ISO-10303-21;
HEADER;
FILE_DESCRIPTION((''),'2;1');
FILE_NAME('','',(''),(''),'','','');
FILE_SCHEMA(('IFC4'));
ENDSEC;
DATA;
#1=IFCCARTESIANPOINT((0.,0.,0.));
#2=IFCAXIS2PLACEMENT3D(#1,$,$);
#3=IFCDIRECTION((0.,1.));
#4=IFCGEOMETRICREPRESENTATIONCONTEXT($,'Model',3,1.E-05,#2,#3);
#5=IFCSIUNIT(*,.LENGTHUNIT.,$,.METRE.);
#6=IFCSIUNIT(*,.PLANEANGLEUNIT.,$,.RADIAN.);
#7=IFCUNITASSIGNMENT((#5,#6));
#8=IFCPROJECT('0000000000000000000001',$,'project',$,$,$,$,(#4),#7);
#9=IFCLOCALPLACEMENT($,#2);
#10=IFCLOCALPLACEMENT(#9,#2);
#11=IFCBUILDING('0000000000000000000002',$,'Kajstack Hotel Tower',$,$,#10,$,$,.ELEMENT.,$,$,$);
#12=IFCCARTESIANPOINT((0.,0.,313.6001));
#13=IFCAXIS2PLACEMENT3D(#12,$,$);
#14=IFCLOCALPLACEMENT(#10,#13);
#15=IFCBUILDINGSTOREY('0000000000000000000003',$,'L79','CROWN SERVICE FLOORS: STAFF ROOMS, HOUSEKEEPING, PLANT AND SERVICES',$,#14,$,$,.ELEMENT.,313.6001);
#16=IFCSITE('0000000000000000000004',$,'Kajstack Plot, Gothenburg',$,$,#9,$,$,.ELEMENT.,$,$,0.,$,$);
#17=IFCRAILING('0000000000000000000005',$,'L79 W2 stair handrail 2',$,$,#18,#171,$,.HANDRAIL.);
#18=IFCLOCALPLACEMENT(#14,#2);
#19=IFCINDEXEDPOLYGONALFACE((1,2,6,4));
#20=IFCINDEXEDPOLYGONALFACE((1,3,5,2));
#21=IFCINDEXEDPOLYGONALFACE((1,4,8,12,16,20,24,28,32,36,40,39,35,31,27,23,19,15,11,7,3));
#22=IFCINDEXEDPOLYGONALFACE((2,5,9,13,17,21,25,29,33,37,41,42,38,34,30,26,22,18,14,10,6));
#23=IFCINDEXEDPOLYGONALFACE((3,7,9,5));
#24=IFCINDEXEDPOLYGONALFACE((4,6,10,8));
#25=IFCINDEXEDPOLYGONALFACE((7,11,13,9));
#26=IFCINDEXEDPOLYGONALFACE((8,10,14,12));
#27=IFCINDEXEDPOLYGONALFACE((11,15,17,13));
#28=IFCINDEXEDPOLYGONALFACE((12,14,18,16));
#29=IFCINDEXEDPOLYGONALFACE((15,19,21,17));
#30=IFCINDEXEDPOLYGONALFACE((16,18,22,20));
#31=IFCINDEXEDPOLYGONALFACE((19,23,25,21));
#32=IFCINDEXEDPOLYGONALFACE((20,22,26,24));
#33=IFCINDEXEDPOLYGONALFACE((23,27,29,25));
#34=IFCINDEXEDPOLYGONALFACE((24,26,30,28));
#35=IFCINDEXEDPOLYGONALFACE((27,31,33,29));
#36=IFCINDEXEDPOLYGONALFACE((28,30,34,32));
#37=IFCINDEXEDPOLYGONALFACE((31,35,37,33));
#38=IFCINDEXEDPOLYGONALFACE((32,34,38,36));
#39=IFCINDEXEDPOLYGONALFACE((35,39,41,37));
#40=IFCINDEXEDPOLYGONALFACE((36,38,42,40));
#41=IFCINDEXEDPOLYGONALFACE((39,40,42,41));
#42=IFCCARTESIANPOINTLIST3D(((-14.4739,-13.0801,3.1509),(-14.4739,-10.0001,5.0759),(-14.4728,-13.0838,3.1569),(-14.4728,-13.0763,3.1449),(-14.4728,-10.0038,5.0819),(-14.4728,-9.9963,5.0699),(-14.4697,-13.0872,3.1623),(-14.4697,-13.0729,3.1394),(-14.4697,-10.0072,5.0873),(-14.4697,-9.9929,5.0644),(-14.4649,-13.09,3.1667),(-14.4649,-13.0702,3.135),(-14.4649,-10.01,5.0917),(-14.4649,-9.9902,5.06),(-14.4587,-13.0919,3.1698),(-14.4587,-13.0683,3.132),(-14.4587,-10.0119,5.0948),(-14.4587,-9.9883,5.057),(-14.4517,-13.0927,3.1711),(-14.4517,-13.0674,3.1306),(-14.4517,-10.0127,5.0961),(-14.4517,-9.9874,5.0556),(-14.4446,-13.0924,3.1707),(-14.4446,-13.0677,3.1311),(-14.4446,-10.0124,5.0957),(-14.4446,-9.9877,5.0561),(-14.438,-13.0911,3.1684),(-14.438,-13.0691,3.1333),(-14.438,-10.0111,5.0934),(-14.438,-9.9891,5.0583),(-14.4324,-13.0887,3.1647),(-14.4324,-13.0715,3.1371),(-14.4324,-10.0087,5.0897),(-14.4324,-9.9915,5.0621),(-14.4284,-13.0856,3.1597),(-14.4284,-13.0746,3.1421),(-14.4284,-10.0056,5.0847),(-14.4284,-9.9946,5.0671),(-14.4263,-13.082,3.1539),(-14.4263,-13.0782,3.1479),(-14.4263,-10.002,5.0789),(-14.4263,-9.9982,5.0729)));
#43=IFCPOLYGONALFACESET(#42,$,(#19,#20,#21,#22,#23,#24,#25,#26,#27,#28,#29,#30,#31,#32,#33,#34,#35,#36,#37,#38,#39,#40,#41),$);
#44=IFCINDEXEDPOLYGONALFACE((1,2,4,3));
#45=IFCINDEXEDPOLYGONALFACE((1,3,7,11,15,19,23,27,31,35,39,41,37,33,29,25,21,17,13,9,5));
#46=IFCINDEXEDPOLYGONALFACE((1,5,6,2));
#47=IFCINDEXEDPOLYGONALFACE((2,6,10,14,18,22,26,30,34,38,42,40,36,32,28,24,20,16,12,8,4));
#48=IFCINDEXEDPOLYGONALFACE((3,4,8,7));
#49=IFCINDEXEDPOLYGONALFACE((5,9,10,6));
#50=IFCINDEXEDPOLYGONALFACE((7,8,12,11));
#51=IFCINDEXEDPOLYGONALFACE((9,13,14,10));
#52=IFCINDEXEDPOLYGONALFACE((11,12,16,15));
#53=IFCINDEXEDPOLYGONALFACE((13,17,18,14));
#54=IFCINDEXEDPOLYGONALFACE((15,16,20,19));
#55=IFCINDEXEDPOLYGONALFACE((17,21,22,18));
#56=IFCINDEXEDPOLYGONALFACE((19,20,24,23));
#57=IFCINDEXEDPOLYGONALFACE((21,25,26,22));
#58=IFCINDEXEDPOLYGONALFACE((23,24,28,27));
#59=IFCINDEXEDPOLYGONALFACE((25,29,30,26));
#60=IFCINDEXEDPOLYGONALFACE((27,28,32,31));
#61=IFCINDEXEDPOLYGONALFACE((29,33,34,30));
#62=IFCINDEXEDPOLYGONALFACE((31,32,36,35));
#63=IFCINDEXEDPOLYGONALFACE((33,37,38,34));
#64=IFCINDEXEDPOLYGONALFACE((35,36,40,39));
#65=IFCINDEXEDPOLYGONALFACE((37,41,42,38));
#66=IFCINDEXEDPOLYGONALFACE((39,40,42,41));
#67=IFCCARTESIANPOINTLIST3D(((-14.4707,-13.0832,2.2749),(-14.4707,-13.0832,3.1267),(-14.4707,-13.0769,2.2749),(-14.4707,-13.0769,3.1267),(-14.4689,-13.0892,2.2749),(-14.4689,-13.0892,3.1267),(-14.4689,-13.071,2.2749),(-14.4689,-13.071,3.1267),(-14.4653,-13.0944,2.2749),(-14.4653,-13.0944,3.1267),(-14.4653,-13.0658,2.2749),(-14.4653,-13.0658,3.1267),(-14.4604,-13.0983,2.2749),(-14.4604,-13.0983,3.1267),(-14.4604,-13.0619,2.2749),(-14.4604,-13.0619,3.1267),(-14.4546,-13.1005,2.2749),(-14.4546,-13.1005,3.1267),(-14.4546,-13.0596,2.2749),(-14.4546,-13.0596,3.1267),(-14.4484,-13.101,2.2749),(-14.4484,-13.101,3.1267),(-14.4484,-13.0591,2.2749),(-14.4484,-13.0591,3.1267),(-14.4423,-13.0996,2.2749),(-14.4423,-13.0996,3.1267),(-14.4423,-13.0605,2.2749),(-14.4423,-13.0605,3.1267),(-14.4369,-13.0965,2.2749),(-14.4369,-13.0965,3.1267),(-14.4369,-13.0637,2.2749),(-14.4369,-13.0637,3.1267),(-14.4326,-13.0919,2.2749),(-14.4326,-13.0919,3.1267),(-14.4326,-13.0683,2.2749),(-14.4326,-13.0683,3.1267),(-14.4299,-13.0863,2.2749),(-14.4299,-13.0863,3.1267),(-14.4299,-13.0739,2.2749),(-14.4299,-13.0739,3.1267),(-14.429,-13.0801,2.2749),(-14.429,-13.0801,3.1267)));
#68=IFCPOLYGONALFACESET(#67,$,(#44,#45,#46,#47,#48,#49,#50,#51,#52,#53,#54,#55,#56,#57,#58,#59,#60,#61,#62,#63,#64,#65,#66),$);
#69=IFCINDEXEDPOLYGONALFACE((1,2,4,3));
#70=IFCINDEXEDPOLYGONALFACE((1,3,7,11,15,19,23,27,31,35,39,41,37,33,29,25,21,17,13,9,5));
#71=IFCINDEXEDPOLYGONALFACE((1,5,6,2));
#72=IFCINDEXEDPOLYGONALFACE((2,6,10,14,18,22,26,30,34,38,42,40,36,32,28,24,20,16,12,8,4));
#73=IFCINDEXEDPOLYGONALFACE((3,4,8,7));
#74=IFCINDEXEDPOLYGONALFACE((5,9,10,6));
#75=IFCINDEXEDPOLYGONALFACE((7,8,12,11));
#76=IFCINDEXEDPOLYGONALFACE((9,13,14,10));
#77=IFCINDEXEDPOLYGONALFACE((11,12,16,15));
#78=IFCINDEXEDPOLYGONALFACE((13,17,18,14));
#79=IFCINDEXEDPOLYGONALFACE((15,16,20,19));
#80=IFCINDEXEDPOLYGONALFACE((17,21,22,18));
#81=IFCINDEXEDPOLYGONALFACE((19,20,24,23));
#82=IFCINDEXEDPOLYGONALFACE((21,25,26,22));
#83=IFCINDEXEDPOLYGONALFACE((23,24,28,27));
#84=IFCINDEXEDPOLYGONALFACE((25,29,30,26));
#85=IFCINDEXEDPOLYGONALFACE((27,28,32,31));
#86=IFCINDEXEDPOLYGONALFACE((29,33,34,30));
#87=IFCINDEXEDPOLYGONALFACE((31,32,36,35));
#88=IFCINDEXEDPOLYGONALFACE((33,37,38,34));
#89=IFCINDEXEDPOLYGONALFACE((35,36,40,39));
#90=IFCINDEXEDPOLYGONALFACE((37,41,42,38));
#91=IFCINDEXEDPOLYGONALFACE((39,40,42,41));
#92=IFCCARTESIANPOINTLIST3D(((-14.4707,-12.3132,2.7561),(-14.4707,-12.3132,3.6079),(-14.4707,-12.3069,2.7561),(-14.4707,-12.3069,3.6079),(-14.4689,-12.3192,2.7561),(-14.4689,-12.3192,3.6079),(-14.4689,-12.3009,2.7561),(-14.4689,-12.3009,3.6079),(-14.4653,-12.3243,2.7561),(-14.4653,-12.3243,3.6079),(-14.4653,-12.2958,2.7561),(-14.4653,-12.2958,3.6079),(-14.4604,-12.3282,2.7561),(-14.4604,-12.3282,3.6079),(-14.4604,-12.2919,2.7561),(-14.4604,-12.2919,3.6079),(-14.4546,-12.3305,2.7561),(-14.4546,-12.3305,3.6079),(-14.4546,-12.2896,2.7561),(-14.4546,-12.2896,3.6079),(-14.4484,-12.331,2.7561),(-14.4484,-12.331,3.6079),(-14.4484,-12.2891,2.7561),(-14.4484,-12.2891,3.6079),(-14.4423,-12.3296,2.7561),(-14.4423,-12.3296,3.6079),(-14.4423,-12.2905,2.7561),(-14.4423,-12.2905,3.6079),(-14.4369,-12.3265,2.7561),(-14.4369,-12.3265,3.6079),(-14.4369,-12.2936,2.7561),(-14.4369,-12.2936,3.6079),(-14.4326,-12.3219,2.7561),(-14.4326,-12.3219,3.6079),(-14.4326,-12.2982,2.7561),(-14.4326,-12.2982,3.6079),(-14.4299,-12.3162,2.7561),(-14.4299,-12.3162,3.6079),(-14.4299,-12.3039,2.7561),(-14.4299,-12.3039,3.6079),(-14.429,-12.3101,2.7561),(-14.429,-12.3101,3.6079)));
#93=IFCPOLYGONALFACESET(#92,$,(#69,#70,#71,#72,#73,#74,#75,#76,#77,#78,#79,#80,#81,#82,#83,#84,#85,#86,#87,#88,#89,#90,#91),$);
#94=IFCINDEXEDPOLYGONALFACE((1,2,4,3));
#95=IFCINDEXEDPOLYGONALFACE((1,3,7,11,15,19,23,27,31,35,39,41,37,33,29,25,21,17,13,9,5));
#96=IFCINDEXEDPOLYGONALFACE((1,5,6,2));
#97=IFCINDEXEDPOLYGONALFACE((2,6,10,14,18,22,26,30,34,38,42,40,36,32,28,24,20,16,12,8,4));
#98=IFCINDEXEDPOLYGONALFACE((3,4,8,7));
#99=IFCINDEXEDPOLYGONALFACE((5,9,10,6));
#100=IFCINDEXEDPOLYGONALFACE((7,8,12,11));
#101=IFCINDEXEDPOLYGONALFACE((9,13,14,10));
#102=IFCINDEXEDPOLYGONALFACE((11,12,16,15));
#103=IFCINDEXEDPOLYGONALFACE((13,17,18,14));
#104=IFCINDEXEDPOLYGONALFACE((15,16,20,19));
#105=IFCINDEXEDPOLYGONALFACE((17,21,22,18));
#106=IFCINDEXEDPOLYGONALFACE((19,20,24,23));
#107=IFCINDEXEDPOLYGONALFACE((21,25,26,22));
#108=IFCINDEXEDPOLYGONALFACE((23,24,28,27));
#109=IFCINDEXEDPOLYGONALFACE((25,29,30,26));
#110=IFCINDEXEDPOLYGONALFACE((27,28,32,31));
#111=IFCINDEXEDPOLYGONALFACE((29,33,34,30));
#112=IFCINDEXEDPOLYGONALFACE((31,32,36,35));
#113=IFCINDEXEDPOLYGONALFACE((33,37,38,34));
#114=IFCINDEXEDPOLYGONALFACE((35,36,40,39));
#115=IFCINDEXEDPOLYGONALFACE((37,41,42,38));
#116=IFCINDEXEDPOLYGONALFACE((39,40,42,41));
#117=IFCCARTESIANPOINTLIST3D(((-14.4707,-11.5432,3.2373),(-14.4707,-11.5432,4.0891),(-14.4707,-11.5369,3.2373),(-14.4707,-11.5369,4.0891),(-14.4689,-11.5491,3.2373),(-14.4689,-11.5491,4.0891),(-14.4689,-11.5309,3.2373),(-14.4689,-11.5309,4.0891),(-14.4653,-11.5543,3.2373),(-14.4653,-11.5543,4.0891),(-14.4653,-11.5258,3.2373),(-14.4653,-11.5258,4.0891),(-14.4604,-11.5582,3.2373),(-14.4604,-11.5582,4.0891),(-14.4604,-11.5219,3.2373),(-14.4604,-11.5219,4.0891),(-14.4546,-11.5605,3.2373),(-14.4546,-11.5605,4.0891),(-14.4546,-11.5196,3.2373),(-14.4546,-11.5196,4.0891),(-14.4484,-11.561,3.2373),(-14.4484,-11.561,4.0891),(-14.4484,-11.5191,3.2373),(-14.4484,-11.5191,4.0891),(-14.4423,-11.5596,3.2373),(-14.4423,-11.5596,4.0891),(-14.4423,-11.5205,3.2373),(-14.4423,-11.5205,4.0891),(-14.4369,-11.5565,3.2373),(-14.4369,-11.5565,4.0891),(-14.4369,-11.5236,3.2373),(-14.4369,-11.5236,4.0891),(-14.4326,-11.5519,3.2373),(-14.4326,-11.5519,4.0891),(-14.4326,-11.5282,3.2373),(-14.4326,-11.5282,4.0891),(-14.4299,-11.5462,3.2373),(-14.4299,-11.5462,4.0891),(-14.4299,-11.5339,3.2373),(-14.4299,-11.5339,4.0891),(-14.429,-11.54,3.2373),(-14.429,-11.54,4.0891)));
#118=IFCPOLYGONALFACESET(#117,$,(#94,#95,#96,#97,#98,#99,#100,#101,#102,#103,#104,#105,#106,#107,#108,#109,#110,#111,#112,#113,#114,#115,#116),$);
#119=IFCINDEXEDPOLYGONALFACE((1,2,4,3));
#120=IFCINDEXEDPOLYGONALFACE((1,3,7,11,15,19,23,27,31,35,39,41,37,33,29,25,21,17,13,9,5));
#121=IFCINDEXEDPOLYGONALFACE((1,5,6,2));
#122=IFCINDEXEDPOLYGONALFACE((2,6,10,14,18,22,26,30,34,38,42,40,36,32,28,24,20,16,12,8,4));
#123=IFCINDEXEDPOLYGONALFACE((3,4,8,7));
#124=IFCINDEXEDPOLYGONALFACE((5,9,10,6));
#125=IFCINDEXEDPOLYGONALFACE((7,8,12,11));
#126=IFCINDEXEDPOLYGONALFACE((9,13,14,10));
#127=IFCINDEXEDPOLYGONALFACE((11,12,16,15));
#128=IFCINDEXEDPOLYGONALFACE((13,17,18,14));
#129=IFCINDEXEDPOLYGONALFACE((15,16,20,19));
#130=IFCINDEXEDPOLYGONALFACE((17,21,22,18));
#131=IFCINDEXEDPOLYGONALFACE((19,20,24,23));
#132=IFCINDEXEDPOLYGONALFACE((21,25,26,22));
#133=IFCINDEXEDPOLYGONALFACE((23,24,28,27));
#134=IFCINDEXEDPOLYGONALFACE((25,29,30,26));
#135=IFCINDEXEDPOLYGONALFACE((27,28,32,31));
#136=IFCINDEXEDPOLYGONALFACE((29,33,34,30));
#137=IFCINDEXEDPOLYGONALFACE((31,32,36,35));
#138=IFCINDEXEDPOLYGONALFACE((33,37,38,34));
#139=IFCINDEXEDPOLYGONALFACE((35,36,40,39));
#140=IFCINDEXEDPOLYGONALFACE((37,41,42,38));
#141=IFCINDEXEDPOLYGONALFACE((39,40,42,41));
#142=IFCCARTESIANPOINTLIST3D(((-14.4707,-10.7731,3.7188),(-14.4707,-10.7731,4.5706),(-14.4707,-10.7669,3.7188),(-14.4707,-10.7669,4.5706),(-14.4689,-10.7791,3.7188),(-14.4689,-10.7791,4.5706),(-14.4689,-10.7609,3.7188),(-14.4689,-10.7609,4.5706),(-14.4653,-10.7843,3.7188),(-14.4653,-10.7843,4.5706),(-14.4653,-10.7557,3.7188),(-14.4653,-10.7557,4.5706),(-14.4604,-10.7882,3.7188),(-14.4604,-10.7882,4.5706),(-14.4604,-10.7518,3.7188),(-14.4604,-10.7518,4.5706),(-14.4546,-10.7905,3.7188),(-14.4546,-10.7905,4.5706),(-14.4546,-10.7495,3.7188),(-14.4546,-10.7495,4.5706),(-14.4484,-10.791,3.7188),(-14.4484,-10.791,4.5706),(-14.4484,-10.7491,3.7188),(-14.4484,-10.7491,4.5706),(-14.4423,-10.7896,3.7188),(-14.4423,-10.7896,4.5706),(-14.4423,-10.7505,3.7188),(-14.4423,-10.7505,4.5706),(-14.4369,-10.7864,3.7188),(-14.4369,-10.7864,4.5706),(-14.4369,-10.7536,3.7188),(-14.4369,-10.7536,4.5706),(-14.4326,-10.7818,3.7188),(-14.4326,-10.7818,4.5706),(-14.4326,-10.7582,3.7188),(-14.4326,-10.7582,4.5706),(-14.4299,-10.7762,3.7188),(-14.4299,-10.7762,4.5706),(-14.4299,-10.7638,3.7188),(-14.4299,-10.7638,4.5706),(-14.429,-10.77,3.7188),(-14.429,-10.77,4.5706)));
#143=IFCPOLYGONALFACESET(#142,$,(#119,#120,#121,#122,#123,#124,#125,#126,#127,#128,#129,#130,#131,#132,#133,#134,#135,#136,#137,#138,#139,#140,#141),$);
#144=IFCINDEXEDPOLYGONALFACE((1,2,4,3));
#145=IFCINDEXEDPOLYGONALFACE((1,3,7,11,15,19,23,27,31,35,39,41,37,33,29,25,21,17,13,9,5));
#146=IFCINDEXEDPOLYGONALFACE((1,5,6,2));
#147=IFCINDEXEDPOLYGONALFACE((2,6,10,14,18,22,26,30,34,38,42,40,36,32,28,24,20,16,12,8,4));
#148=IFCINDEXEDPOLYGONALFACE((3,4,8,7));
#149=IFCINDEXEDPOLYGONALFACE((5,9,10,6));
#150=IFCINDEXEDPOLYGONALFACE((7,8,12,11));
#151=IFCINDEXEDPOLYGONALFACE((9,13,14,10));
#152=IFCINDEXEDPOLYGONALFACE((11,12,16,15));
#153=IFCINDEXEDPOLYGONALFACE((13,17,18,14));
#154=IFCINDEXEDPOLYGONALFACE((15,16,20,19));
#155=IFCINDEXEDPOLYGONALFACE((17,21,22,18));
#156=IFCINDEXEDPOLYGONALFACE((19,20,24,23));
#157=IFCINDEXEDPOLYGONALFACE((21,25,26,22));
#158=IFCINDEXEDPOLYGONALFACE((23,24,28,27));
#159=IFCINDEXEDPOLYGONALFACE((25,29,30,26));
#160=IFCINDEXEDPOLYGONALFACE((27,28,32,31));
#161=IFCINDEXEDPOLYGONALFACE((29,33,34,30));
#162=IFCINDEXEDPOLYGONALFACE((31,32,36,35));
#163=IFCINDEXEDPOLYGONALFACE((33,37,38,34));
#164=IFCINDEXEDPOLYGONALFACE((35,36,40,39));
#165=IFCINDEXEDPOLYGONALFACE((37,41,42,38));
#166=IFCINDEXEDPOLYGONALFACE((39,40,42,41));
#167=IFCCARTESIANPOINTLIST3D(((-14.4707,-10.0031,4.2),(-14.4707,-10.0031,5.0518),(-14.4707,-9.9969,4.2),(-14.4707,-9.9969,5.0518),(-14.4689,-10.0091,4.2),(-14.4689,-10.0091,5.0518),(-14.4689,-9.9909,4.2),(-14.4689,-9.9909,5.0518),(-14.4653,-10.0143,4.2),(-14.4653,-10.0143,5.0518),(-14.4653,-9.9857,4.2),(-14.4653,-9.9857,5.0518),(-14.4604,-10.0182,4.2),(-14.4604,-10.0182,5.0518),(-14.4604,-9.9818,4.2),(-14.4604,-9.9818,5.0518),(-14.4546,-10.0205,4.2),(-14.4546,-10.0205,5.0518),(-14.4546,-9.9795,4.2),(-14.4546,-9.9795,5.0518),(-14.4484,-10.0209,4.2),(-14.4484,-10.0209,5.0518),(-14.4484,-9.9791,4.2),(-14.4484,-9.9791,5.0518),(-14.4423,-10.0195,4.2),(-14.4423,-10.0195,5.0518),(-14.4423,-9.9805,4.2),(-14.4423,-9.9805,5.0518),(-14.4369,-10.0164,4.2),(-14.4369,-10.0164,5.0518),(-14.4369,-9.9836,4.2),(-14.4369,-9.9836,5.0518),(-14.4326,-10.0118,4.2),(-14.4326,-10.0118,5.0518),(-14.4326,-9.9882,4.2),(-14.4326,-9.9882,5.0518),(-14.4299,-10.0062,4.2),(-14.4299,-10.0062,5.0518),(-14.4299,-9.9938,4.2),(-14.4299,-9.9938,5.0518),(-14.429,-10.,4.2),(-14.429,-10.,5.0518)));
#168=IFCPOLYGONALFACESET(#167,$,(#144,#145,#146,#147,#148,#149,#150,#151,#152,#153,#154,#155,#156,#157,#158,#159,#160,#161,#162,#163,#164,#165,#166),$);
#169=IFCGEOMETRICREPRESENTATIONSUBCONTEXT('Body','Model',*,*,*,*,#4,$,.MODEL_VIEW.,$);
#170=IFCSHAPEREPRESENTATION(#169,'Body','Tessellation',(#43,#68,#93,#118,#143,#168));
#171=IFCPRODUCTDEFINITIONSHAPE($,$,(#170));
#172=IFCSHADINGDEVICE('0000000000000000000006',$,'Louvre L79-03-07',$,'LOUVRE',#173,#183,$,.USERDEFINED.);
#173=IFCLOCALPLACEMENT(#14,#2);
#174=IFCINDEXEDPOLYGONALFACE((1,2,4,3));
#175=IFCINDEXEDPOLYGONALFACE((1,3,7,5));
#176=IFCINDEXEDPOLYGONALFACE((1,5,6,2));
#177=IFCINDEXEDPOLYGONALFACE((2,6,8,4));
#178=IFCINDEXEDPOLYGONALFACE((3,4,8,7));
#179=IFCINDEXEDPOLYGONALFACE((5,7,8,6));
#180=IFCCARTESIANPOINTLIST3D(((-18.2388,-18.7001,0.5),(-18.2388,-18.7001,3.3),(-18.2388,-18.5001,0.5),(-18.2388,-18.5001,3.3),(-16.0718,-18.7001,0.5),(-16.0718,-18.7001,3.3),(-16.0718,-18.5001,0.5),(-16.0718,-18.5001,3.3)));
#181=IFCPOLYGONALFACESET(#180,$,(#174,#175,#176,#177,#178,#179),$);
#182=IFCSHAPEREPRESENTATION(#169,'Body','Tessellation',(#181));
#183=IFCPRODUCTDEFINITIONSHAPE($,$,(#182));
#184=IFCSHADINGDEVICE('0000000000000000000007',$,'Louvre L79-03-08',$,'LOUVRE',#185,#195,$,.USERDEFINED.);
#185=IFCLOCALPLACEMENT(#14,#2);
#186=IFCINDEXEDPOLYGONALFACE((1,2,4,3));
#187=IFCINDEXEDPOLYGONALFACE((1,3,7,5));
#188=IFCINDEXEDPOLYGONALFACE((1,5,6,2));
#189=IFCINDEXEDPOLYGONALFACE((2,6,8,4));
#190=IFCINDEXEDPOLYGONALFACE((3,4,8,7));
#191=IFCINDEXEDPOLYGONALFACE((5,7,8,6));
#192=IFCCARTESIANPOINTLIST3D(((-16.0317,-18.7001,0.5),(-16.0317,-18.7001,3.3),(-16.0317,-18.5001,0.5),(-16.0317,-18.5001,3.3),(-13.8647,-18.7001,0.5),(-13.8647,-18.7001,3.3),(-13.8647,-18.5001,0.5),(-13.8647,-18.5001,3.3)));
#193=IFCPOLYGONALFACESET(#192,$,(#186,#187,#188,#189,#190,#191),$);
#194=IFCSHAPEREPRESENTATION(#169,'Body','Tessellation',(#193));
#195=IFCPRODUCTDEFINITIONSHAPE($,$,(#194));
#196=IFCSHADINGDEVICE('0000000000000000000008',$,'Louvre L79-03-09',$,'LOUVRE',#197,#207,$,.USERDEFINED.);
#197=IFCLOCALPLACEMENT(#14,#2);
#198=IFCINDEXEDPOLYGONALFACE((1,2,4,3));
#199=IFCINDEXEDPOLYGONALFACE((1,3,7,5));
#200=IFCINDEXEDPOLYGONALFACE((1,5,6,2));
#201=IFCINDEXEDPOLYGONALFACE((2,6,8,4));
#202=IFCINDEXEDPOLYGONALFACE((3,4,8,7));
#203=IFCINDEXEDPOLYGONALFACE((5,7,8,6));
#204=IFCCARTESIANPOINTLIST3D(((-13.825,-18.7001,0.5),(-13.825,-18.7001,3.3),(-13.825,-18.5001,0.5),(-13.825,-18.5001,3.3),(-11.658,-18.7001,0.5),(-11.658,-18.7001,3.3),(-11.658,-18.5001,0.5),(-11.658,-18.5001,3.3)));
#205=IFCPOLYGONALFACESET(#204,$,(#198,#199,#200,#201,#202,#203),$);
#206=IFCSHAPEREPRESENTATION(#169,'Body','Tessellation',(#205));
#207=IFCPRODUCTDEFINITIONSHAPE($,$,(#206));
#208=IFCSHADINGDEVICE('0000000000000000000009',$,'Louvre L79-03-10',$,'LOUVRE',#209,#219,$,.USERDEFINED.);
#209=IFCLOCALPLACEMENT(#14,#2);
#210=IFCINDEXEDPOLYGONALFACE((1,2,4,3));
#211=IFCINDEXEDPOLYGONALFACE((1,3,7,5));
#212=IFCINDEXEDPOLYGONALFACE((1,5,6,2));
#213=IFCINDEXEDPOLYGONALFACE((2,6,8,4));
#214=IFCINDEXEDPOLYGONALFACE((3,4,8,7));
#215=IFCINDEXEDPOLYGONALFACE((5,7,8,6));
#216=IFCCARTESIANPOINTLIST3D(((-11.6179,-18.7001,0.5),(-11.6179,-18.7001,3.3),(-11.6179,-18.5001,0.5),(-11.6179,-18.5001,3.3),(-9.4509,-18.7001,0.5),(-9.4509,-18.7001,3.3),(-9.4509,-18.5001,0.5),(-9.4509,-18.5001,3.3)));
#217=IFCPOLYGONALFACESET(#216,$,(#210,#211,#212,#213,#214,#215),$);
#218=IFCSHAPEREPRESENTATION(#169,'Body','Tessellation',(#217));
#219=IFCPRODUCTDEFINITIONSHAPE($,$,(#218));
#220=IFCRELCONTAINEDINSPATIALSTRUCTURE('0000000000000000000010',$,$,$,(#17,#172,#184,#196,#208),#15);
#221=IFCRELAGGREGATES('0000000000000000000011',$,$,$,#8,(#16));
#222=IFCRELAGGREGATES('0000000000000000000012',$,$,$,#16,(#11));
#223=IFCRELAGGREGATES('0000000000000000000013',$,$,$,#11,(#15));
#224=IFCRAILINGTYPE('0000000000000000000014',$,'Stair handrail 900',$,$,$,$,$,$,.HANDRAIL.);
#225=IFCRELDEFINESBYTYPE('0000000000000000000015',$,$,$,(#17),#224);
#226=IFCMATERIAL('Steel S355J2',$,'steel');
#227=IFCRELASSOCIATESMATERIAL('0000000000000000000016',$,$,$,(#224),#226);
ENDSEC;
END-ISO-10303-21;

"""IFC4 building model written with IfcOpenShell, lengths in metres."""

from ifc_helpers import new_model, si_unit, direction, frame, origin, origin_2d, place, context, subcontext, project, spatial, rectangle, circle, extrude, material, type_object, element, save


model = new_model("IFC4")

# Units and contexts
model_context = context("Model", 3, precision=1e-05, world=origin(), true_north=direction((0.0, 1.0)))
body_context = subcontext(model_context, "Body", "Model", "MODEL_VIEW")
ifc_project = project(units=[si_unit("LENGTHUNIT", "METRE"), si_unit("PLANEANGLEUNIT", "RADIAN")], contexts=[model_context])

# Site, building, storey
site_placement = place(None, origin())
site = spatial("IfcSite", under=ifc_project, at=site_placement, Name="Kajstack Plot, Gothenburg", CompositionType="ELEMENT", RefElevation=0.0)
building_placement = place(site_placement, origin())
building = spatial("IfcBuilding", under=site, at=building_placement, Name="Kajstack Hotel Tower", CompositionType="ELEMENT")
storey_placement = place(building_placement, frame((0.0, 0.0, 313.6001)))
storey = spatial("IfcBuildingStorey", under=building, at=storey_placement, Name="L79", Description="CROWN SERVICE FLOORS: STAFF ROOMS, HOUSEKEEPING, PLANT AND SERVICES", CompositionType="ELEMENT", Elevation=313.6001)

# Shared definitions
ifc_material_1 = material(Name="Steel S355J2", Category="steel")

# Railing
railing_type_1 = type_object("IfcRailingType", Name="Stair handrail 900", PredefinedType="HANDRAIL", material=ifc_material_1)
railing_1_placement = place(storey_placement, frame((-14.45, -13.0801, 2.2749)))
element("IfcRailing", 1, at=railing_1_placement, inside=storey, type_object=railing_type_1, Name="L79 W2 stair handrail 2", PredefinedType="HANDRAIL", context=body_context, shape_type="SweptSolid", body=[
    extrude(circle(Radius=0.0239, at=origin_2d()), frame((0.0, 0.0, 0.876), z_axis=(0.0, 0.847998, 0.529999), x_axis=(-1.0, 0.0, 0.0)), (0.0, 0.0, 1.0), 3.6321),
    extrude(circle(Radius=0.021, at=origin_2d()), origin(), (0.0, 0.0, 1.0), 0.8518),
    extrude(circle(Radius=0.021, at=origin_2d()), frame((0.0, 0.77, 0.4812)), (0.0, 0.0, 1.0), 0.8518),
    extrude(circle(Radius=0.021, at=origin_2d()), frame((0.0, 1.54, 0.9624)), (0.0, 0.0, 1.0), 0.8518),
    extrude(circle(Radius=0.021, at=origin_2d()), frame((0.0, 2.3101, 1.4438)), (0.0, 0.0, 1.0), 0.8518),
    extrude(circle(Radius=0.021, at=origin_2d()), frame((0.0, 3.0801, 1.925)), (0.0, 0.0, 1.0), 0.8518),
])

# Shading devices
for number, where, z_axis, x_axis, name in (
    (2, (-17.1553, -18.6001, 0.5), (0.0, 0.0, 1.0), (1.0, 0.0, 0.0), "Louvre L79-03-07"),
    (3, (-14.9482, -18.6001, 0.5), (0.0, 0.0, 1.0), (1.0, 0.0, 0.0), "Louvre L79-03-08"),
    (4, (-12.7415, -18.6001, 0.5), (0.0, 0.0, 1.0), (1.0, 0.0, 0.0), "Louvre L79-03-09"),
    (5, (-10.5344, -18.6001, 0.5), (0.0, 0.0, 1.0), (1.0, 0.0, 0.0), "Louvre L79-03-10"),
):
    element("IfcShadingDevice", number, at=place(storey_placement, frame(where, z_axis=z_axis, x_axis=x_axis)), inside=storey, Name=name, ObjectType="LOUVRE", PredefinedType="USERDEFINED", context=body_context, shape_type="SweptSolid", body=[
        extrude(rectangle(XDim=2.167, YDim=0.2, at=origin_2d()), origin(), (0.0, 0.0, 1.0), 2.8),
    ])

save(model, "model.ifc")
